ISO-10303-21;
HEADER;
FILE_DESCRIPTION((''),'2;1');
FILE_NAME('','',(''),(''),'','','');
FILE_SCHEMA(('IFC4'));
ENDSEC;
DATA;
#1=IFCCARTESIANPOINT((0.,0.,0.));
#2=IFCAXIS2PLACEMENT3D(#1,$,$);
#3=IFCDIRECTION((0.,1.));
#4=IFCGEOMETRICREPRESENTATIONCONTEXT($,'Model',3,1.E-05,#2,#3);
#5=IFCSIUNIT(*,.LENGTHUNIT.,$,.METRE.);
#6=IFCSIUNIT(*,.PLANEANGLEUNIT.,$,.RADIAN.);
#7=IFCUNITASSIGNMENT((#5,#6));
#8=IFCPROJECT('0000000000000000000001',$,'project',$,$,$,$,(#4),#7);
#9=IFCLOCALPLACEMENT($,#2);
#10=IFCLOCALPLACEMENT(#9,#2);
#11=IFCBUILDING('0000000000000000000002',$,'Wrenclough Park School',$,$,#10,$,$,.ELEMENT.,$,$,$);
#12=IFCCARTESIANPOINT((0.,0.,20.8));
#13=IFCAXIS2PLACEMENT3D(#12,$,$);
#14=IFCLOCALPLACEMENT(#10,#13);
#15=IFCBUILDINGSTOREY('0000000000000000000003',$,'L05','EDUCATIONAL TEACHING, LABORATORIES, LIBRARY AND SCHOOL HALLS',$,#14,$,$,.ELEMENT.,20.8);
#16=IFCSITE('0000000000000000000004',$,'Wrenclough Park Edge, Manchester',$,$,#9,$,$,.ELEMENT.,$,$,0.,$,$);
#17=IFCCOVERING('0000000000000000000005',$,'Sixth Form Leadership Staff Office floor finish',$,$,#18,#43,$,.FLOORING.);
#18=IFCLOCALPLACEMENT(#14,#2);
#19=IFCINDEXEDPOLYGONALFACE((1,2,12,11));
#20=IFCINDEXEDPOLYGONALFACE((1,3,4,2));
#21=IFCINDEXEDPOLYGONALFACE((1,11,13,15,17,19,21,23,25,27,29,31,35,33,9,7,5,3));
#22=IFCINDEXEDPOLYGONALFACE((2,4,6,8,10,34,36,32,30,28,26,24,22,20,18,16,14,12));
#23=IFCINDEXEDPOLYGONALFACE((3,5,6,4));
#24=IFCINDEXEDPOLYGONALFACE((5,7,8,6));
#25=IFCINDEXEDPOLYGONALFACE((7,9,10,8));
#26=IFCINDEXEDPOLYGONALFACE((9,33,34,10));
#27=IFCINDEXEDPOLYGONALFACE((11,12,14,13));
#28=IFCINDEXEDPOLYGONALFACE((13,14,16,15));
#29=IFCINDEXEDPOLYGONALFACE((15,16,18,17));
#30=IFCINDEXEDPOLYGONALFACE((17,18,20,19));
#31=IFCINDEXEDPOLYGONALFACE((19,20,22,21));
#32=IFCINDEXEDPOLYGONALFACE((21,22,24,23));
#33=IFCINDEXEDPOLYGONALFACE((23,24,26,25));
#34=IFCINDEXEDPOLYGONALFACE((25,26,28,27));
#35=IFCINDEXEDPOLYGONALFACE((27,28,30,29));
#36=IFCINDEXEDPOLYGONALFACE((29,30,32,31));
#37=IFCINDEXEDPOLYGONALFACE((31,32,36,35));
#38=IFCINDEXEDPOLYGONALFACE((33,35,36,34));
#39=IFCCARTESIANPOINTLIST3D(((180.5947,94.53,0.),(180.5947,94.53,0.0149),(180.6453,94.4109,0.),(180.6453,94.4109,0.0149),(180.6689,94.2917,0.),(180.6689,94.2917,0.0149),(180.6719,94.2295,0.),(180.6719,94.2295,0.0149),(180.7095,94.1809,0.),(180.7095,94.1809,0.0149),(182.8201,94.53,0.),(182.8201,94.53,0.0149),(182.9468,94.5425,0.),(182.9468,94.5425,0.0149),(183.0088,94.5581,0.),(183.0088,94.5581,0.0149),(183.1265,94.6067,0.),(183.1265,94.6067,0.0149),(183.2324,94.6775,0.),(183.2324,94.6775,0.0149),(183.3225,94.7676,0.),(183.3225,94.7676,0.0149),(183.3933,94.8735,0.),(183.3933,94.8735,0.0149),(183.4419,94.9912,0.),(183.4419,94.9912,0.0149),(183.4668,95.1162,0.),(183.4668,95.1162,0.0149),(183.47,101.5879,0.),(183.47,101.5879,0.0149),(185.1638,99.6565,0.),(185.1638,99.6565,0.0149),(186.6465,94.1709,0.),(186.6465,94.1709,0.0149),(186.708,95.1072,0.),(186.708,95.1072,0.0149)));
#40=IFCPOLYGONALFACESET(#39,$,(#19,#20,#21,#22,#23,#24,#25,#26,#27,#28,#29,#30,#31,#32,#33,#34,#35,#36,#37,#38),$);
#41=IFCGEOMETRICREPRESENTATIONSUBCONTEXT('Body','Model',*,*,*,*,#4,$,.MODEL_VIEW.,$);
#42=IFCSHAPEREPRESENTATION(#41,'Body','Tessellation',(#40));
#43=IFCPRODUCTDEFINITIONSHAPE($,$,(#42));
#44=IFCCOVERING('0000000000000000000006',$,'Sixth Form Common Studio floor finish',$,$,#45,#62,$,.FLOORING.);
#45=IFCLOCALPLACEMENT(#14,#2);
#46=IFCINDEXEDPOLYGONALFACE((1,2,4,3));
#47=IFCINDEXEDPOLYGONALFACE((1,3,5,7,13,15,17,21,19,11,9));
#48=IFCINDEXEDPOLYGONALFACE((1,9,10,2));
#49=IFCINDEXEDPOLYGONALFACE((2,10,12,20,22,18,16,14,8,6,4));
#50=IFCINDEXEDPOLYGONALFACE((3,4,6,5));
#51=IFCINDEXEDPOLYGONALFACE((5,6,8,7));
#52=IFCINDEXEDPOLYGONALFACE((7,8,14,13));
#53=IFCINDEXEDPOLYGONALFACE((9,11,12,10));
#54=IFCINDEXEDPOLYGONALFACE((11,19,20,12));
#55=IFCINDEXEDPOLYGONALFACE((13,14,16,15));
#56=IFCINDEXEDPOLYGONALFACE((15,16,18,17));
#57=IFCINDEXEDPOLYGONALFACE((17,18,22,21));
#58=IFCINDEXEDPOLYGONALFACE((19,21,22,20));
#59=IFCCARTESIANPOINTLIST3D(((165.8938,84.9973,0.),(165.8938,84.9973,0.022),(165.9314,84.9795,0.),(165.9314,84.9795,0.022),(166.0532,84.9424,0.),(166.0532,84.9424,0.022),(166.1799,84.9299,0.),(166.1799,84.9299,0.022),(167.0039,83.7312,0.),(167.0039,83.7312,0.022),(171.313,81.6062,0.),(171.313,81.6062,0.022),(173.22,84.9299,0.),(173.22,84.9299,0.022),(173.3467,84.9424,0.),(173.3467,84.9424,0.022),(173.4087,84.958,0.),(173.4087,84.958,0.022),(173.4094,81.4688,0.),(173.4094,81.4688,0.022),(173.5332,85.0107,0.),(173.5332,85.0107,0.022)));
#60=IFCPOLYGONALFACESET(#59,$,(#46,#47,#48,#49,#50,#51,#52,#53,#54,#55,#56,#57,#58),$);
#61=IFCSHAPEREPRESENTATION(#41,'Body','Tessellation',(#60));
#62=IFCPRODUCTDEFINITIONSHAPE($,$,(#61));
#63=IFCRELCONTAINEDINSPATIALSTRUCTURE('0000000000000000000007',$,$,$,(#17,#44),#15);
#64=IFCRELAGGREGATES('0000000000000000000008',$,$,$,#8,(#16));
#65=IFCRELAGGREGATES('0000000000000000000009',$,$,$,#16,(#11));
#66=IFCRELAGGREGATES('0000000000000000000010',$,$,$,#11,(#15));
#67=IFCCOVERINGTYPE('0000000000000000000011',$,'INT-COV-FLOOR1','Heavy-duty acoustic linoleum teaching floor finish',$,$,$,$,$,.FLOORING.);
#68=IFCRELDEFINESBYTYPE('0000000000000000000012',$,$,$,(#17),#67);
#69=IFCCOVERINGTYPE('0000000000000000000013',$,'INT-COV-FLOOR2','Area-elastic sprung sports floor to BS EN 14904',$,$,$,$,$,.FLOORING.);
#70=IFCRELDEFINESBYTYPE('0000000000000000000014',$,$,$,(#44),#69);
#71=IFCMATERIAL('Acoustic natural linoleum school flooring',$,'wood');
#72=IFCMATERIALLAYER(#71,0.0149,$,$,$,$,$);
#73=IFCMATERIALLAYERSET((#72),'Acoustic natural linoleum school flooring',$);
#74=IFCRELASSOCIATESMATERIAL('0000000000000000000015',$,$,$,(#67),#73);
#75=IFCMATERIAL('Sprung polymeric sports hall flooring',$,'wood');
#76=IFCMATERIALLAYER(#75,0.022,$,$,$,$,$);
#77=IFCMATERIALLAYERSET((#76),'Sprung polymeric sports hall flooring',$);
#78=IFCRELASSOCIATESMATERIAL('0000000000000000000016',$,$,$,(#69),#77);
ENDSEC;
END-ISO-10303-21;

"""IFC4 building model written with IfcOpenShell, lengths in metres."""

from ifc_helpers import new_model, si_unit, direction, frame, origin, place, context, subcontext, project, spatial, polyline, outline, extrude, material, layer, layer_set, type_object, element, save


model = new_model("IFC4")

# Units and contexts
model_context = context("Model", 3, precision=1e-05, world=origin(), true_north=direction((0.0, 1.0)))
body_context = subcontext(model_context, "Body", "Model", "MODEL_VIEW")
ifc_project = project(units=[si_unit("LENGTHUNIT", "METRE"), si_unit("PLANEANGLEUNIT", "RADIAN")], contexts=[model_context])

# Site, building, storey
site_placement = place(None, origin())
site = spatial("IfcSite", under=ifc_project, at=site_placement, Name="Wrenclough Park Edge, Manchester", CompositionType="ELEMENT", RefElevation=0.0)
building_placement = place(site_placement, origin())
building = spatial("IfcBuilding", under=site, at=building_placement, Name="Wrenclough Park School", CompositionType="ELEMENT")
storey_placement = place(building_placement, frame((0.0, 0.0, 20.8)))
storey = spatial("IfcBuildingStorey", under=building, at=storey_placement, Name="L05", Description="EDUCATIONAL TEACHING, LABORATORIES, LIBRARY AND SCHOOL HALLS", CompositionType="ELEMENT", Elevation=20.8)

# Coverings
ifc_material_1 = material(Name="Acoustic natural linoleum school flooring", Category="wood")
ifc_layer_1 = layer(ifc_material_1, 0.0149)
ifc_layer_set_1 = layer_set([ifc_layer_1], Name="Acoustic natural linoleum school flooring")
covering_type_1 = type_object("IfcCoveringType", Name="INT-COV-FLOOR1", Description="Heavy-duty acoustic linoleum teaching floor finish", PredefinedType="FLOORING", material=ifc_layer_set_1)
covering_1_placement = place(storey_placement, origin())
element("IfcCovering", 1, at=covering_1_placement, inside=storey, type_object=covering_type_1, Name="Sixth Form Leadership Staff Office floor finish", PredefinedType="FLOORING", context=body_context, shape_type="SweptSolid", body=[
    extrude(outline(polyline([(182.8201, 94.53), (180.5947, 94.53), (180.6453, 94.4109), (180.6689, 94.2917), (180.6719, 94.2295), (180.7095, 94.1809), (186.6465, 94.1709), (186.708, 95.1072), (185.1638, 99.6565), (183.47, 101.5879), (183.4668, 95.1162), (183.4419, 94.9912), (183.3933, 94.8735), (183.3225, 94.7676), (183.2324, 94.6775), (183.1265, 94.6067), (183.0088, 94.5581), (182.9468, 94.5425), (182.8201, 94.53)])), origin(), (0.0, 0.0, 1.0), 0.0149),
])
ifc_material_2 = material(Name="Sprung polymeric sports hall flooring", Category="wood")
ifc_layer_2 = layer(ifc_material_2, 0.022)
ifc_layer_set_2 = layer_set([ifc_layer_2], Name="Sprung polymeric sports hall flooring")
covering_type_2 = type_object("IfcCoveringType", Name="INT-COV-FLOOR2", Description="Area-elastic sprung sports floor to BS EN 14904", PredefinedType="FLOORING", material=ifc_layer_set_2)
covering_2_placement = place(storey_placement, origin())
element("IfcCovering", 2, at=covering_2_placement, inside=storey, type_object=covering_type_2, Name="Sixth Form Common Studio floor finish", PredefinedType="FLOORING", context=body_context, shape_type="SweptSolid", body=[
    extrude(outline(polyline([(165.9314, 84.9795), (165.8938, 84.9973), (167.0039, 83.7312), (171.313, 81.6062), (173.4094, 81.4688), (173.5332, 85.0107), (173.4087, 84.958), (173.3467, 84.9424), (173.22, 84.9299), (166.1799, 84.9299), (166.0532, 84.9424), (165.9314, 84.9795)])), origin(), (0.0, 0.0, 1.0), 0.022),
])

save(model, "model.ifc")
